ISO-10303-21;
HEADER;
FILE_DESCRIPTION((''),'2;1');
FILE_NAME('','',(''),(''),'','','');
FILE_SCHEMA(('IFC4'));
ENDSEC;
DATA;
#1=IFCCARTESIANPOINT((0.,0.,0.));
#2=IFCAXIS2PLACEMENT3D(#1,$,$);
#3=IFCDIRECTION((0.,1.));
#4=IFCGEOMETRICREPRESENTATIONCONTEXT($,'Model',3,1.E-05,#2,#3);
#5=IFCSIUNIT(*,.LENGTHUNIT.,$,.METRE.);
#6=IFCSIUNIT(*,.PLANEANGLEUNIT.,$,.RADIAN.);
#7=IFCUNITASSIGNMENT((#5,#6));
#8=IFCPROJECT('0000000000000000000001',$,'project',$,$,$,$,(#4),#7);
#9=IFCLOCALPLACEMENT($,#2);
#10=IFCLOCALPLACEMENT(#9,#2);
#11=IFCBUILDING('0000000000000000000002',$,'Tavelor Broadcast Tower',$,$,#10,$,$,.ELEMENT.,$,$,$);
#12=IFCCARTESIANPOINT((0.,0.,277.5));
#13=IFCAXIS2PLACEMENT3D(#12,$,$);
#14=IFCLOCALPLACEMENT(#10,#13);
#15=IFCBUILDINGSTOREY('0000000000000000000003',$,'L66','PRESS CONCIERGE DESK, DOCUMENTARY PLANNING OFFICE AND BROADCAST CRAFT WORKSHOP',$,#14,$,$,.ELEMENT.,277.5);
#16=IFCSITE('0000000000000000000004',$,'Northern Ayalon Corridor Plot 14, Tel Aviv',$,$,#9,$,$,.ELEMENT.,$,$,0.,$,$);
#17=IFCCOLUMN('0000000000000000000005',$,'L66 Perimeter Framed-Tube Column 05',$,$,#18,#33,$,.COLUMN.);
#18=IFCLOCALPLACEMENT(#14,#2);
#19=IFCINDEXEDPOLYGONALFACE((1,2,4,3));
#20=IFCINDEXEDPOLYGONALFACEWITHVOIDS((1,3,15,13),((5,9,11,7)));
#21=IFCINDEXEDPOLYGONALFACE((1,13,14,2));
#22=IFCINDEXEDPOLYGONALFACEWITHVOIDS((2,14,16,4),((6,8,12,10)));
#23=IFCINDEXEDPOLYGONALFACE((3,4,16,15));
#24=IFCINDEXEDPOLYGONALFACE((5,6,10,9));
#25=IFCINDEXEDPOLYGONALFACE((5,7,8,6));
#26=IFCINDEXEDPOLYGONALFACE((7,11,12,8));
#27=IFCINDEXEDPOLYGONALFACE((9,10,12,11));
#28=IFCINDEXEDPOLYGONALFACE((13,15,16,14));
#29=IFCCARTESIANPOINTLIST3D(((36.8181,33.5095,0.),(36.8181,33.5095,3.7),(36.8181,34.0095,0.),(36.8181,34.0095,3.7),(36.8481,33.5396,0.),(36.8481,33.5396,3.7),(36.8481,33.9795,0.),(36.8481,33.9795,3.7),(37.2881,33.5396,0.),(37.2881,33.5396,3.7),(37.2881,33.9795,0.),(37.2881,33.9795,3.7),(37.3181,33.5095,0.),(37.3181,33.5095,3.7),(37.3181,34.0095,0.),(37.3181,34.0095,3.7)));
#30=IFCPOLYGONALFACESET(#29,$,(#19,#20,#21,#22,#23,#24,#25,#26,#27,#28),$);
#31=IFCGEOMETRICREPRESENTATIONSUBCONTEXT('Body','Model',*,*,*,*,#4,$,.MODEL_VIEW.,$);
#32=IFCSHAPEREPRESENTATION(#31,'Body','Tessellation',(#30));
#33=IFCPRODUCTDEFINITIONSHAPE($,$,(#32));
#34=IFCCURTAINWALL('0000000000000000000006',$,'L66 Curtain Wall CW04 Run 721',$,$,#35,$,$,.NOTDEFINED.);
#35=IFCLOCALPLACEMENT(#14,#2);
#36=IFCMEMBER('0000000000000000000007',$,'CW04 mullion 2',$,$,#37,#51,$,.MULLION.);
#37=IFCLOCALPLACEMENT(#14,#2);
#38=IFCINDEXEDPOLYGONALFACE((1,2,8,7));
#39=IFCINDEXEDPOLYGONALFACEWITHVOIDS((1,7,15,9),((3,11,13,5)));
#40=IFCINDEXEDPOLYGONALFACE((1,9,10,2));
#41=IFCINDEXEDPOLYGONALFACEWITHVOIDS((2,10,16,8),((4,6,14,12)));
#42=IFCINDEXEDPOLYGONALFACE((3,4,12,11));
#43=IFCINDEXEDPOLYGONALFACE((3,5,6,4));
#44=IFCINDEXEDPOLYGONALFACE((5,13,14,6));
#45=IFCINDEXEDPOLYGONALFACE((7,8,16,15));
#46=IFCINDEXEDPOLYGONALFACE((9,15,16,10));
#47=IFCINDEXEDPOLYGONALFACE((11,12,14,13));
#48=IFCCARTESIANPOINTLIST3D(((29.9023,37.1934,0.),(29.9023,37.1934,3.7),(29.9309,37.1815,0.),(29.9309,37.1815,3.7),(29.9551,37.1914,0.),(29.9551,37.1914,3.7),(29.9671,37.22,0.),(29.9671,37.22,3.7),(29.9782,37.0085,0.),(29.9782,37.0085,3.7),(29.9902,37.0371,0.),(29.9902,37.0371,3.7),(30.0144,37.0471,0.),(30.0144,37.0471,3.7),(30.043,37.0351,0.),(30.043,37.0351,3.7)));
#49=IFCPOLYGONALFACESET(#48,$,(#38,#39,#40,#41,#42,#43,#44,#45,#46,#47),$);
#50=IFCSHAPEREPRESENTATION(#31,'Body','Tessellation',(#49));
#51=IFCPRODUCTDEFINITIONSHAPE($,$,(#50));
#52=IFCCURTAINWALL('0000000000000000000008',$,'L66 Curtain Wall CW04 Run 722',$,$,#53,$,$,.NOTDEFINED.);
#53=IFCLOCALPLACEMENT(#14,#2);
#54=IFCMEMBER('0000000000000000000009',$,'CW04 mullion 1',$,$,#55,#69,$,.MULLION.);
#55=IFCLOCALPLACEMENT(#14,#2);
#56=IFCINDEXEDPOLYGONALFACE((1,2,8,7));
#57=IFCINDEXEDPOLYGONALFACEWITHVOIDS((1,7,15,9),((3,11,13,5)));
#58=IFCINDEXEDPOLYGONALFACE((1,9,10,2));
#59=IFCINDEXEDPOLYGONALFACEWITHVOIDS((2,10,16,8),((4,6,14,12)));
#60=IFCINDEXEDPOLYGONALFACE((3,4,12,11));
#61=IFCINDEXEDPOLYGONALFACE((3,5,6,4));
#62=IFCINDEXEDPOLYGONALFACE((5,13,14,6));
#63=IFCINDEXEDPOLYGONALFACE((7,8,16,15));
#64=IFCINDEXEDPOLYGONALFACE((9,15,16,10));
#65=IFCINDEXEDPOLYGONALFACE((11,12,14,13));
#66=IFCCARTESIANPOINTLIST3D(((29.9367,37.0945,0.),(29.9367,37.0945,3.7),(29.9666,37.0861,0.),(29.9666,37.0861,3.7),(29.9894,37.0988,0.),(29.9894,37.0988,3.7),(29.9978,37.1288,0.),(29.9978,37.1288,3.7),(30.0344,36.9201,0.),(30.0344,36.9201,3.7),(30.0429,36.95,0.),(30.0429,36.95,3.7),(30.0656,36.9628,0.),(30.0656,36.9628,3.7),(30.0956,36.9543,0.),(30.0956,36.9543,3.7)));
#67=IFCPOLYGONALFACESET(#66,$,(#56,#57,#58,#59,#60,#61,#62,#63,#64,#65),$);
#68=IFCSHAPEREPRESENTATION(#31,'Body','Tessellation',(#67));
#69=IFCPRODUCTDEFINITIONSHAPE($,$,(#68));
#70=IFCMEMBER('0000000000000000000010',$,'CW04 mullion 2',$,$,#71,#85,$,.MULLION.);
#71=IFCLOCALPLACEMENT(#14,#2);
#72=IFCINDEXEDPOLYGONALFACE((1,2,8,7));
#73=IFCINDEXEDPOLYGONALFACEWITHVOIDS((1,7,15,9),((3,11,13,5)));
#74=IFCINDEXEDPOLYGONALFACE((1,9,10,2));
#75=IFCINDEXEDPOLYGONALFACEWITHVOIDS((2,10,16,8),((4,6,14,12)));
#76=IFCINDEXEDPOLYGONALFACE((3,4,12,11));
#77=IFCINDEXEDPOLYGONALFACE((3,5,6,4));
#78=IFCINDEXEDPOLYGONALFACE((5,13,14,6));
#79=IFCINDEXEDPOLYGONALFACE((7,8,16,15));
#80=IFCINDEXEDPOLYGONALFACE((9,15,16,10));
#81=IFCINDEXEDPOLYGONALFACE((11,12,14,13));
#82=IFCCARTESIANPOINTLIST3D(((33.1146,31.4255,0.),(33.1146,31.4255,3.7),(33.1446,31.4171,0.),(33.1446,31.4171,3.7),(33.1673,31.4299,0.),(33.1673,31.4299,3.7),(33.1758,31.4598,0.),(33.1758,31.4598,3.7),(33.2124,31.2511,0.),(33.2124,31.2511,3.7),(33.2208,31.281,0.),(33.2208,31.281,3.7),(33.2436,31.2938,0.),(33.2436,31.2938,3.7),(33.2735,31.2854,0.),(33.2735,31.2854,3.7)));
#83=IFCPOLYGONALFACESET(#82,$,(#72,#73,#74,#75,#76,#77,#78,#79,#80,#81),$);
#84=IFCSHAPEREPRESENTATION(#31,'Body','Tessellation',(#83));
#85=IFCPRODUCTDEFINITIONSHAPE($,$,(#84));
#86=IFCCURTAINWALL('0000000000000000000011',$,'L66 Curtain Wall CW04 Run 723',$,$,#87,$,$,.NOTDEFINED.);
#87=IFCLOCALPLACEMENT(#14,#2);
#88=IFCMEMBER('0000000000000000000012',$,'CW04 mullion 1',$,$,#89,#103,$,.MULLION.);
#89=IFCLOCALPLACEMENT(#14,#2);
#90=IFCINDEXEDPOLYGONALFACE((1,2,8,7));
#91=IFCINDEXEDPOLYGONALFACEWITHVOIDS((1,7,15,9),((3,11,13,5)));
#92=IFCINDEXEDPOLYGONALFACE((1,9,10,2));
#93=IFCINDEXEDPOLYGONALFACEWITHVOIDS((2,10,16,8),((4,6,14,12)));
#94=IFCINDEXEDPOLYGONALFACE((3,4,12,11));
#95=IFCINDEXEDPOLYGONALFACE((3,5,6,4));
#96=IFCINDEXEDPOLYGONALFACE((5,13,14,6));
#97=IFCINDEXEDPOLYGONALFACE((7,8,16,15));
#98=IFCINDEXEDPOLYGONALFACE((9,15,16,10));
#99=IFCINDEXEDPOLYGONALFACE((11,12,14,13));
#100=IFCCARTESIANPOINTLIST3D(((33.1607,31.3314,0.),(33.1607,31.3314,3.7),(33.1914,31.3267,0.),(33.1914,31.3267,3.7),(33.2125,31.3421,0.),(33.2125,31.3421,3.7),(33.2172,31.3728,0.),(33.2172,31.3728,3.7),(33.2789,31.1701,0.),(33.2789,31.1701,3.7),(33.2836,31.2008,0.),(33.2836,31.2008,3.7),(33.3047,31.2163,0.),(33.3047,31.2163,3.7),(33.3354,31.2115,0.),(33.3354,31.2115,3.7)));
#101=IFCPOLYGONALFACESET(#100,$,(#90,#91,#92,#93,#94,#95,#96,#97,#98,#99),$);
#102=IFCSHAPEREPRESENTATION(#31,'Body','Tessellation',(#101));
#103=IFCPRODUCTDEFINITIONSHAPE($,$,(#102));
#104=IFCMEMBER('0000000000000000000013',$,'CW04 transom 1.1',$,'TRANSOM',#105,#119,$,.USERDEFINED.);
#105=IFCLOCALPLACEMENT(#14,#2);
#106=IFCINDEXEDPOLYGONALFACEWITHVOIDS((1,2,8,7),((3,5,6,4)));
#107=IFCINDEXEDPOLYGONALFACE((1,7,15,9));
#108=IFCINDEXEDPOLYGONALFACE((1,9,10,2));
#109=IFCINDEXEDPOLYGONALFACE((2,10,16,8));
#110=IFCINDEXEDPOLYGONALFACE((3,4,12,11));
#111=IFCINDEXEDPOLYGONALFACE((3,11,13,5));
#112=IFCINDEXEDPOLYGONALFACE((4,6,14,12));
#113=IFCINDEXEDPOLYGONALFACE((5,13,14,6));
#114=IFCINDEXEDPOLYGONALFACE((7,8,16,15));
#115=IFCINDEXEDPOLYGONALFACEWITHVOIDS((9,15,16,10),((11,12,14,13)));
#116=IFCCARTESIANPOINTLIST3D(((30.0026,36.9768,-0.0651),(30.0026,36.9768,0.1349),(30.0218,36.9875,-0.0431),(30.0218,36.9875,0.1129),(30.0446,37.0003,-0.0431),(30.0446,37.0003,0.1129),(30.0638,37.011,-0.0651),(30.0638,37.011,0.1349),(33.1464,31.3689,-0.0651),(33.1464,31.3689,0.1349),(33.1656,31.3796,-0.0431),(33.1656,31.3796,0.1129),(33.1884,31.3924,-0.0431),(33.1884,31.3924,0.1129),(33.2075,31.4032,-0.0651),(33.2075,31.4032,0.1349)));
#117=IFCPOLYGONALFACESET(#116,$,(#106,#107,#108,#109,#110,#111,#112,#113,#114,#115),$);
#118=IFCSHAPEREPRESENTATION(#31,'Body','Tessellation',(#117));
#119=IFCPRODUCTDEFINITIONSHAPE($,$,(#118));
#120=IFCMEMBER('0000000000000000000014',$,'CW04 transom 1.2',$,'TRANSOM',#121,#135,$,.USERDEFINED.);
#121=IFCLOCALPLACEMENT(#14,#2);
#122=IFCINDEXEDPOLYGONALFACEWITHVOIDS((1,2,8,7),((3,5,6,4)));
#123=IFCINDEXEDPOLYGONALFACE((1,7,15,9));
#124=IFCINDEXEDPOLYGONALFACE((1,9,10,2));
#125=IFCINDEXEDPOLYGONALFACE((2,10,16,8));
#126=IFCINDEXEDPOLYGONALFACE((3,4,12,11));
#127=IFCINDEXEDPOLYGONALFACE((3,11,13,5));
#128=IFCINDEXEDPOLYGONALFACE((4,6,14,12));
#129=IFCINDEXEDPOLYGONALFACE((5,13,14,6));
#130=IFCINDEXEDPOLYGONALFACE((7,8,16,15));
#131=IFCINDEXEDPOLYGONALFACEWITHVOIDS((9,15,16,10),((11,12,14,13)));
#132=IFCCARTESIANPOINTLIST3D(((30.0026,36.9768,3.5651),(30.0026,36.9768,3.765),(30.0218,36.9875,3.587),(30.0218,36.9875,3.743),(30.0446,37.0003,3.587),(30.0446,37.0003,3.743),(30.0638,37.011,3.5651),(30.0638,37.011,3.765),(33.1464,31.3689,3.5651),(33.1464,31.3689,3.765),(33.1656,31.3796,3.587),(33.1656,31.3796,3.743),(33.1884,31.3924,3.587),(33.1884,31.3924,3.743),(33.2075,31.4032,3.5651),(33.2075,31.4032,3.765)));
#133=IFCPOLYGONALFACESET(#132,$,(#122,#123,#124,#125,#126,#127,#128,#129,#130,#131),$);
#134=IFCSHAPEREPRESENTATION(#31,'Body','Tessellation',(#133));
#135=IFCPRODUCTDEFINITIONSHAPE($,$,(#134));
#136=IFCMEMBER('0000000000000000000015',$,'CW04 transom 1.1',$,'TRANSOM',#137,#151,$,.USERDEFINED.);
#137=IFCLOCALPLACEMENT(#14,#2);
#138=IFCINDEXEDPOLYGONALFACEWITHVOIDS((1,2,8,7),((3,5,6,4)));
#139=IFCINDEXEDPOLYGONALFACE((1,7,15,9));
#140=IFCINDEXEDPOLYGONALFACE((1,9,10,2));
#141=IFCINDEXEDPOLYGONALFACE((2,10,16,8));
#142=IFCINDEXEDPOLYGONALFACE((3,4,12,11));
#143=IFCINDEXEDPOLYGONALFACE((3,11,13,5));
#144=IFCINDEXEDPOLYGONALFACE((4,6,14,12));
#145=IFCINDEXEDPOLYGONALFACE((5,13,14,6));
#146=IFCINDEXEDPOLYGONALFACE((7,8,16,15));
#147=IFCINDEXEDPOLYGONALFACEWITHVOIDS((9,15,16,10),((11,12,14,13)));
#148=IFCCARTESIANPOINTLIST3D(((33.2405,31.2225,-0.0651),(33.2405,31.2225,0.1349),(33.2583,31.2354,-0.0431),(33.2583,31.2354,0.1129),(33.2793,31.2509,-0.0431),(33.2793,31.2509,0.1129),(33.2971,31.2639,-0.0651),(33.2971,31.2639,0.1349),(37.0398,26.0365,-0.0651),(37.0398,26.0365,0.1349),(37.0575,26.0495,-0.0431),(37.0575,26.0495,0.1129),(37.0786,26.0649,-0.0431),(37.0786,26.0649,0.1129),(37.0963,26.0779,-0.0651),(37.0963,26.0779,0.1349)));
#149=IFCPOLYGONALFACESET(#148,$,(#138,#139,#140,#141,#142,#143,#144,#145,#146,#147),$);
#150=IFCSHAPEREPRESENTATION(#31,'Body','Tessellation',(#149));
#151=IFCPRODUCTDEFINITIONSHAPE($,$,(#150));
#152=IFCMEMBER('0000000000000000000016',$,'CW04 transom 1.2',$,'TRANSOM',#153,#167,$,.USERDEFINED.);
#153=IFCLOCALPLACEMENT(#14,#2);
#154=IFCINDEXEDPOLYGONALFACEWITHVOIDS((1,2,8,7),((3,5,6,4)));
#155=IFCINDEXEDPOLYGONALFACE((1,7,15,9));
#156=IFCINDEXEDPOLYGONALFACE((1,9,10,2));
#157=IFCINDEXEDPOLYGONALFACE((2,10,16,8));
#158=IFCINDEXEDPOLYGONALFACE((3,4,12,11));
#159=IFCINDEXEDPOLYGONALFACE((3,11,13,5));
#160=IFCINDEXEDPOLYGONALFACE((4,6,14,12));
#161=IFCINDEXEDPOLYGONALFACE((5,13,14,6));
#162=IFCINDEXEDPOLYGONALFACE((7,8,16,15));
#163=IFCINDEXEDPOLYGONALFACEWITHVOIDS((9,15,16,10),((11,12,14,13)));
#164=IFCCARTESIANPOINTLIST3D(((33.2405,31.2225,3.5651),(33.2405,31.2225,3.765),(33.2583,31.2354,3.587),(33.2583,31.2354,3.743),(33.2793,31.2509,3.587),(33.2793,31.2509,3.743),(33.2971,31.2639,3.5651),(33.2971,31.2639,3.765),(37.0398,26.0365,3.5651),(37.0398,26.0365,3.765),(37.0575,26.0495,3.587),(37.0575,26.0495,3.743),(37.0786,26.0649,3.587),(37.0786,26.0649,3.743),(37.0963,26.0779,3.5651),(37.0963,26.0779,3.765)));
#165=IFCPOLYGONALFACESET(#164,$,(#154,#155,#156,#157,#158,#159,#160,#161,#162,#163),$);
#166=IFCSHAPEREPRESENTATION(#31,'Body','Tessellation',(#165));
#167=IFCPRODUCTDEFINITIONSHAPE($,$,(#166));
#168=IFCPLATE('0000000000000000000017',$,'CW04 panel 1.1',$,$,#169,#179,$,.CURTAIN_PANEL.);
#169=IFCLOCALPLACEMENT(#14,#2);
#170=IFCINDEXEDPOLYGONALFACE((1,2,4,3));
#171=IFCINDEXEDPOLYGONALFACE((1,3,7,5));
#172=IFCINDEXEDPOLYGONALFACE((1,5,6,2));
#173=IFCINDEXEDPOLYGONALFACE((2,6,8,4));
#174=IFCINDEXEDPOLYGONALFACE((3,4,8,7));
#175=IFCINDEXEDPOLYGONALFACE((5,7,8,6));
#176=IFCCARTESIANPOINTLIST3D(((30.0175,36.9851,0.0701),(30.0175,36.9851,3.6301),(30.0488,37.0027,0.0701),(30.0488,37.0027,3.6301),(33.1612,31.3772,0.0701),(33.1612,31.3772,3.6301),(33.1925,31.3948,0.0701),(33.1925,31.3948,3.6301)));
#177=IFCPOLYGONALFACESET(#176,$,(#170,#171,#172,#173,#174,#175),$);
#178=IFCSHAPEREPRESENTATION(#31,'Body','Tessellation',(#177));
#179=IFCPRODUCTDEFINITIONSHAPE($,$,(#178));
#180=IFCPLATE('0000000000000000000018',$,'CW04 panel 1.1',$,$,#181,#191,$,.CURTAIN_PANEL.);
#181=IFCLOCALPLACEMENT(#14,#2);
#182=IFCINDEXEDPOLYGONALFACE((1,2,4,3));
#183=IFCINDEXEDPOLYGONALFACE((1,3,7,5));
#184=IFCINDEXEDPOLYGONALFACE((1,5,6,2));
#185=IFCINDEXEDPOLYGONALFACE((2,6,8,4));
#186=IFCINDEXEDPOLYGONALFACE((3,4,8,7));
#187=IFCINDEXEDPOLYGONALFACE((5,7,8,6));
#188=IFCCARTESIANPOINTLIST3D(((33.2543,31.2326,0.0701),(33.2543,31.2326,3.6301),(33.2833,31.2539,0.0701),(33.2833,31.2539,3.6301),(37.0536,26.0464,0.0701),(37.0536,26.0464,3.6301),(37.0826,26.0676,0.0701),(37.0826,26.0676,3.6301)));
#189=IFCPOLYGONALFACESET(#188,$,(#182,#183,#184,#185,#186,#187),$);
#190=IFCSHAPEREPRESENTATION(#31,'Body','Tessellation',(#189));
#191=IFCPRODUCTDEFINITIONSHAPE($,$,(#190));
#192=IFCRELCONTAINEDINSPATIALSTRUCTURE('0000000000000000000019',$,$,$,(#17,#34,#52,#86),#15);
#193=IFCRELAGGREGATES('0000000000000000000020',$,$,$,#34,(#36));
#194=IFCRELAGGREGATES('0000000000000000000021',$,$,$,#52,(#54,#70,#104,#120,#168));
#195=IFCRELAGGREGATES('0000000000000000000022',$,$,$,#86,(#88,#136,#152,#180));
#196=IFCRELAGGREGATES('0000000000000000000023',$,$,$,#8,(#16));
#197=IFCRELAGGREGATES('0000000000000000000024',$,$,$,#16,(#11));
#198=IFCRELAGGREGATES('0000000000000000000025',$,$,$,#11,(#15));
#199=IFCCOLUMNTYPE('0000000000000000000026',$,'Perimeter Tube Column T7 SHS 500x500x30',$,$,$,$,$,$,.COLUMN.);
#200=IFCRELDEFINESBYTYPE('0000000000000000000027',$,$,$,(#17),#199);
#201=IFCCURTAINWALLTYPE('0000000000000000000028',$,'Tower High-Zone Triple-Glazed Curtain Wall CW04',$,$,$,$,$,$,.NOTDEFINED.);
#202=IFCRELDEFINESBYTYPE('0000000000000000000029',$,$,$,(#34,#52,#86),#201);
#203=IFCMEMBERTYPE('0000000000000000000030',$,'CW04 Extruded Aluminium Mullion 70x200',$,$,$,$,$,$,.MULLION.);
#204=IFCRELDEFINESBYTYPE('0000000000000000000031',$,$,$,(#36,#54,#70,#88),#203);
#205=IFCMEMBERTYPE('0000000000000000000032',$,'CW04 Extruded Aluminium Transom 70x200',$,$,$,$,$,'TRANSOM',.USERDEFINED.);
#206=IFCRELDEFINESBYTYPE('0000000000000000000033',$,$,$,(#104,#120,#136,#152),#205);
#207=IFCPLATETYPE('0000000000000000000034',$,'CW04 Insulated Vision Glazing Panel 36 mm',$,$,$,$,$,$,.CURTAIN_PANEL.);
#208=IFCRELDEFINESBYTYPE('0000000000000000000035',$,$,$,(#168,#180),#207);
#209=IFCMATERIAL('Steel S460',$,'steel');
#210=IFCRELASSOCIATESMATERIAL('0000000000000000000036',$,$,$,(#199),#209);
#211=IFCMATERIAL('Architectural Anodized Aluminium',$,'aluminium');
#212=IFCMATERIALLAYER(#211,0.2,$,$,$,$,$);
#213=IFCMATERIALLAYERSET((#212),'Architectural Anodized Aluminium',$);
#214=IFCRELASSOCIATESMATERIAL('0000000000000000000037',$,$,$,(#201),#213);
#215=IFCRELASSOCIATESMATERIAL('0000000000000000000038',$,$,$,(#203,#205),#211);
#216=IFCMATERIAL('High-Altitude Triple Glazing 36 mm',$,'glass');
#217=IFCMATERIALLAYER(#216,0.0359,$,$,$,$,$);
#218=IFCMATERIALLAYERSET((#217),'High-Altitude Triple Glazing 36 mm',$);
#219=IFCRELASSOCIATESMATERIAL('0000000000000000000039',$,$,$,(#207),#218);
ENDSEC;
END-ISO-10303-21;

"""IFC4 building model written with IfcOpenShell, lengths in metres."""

from ifc_helpers import new_model, si_unit, direction, frame, origin, origin_2d, place, context, subcontext, project, spatial, rectangle, hollow_rectangle, extrude, source, transform, mapped, material, layer, layer_set, material_profile, profile_set, type_object, type_shapes, element, aggregate, save


model = new_model("IFC4")

# Units and contexts
model_context = context("Model", 3, precision=1e-05, world=origin(), true_north=direction((0.0, 1.0)))
body_context = subcontext(model_context, "Body", "Model", "MODEL_VIEW")
ifc_project = project(units=[si_unit("LENGTHUNIT", "METRE"), si_unit("PLANEANGLEUNIT", "RADIAN")], contexts=[model_context])

# Site, building, storey
site_placement = place(None, origin())
site = spatial("IfcSite", under=ifc_project, at=site_placement, Name="Northern Ayalon Corridor Plot 14, Tel Aviv", CompositionType="ELEMENT", RefElevation=0.0)
building_placement = place(site_placement, origin())
building = spatial("IfcBuilding", under=site, at=building_placement, Name="Tavelor Broadcast Tower", CompositionType="ELEMENT")
storey_placement = place(building_placement, frame((0.0, 0.0, 277.5)))
storey = spatial("IfcBuildingStorey", under=building, at=storey_placement, Name="L66", Description="PRESS CONCIERGE DESK, DOCUMENTARY PLANNING OFFICE AND BROADCAST CRAFT WORKSHOP", CompositionType="ELEMENT", Elevation=277.5)

# Column
ifc_material_1 = material(Name="Steel S460", Category="steel")
ifc_material_profile_1 = material_profile(ifc_material_1, hollow_rectangle(XDim=0.5, YDim=0.5, WallThickness=0.03, at=origin_2d()), Name="SHS 500x500x30")
ifc_profile_set_1 = profile_set([ifc_material_profile_1], Name="Steel S460")
column_type = type_object("IfcColumnType", Name="Perimeter Tube Column T7 SHS 500x500x30", PredefinedType="COLUMN", material=ifc_profile_set_1)
column_placement = place(storey_placement, frame((37.0681, 33.7595, 0.0), z_axis=(0.0, 0.0, 1.0), x_axis=(1.0, 0.0, 0.0)))
element("IfcColumn", 1, at=column_placement, inside=storey, type_object=column_type, Name="L66 Perimeter Framed-Tube Column 05", PredefinedType="COLUMN", context=body_context, shape_type="SweptSolid", body=[
    extrude(hollow_rectangle(XDim=0.5, YDim=0.5, WallThickness=0.03, at=origin_2d()), origin(), (0.0, 0.0, 1.0), 3.7),
])

# Curtain wall, member
ifc_material_2 = material(Name="Architectural Anodized Aluminium", Category="aluminium")
ifc_layer_1 = layer(ifc_material_2, 0.2)
ifc_layer_set_1 = layer_set([ifc_layer_1], Name="Architectural Anodized Aluminium")
curtain_wall_type = type_object("IfcCurtainWallType", Name="Tower High-Zone Triple-Glazed Curtain Wall CW04", PredefinedType="NOTDEFINED", material=ifc_layer_set_1)
curtain_wall_1_placement = place(storey_placement, origin())
curtain_wall_1 = element("IfcCurtainWall", 2, at=curtain_wall_1_placement, inside=storey, type_object=curtain_wall_type, Name="L66 Curtain Wall CW04 Run 721", PredefinedType="NOTDEFINED")
ifc_material_profile_2 = material_profile(ifc_material_2, hollow_rectangle(XDim=0.0701, YDim=0.2, WallThickness=0.022, at=origin_2d()), Name="RHS 70x200x22")
ifc_profile_set_2 = profile_set([ifc_material_profile_2], Name="Architectural Anodized Aluminium")
member_type_1 = type_object("IfcMemberType", Name="CW04 Extruded Aluminium Mullion 70x200", PredefinedType="MULLION", material=ifc_profile_set_2)
shared_shape_1 = source(origin(), body_context, "Body", "SweptSolid", [
    extrude(hollow_rectangle(XDim=0.0701, YDim=0.2, WallThickness=0.022, at=origin_2d()), origin(), (0.0, 0.0, 1.0), 3.7),
])
type_shapes(member_type_1, [shared_shape_1])
member_1_placement = place(storey_placement, frame((29.9727, 37.1143, 0.0), z_axis=(0.0, 0.0, 1.0), x_axis=(0.925042, 0.379865, 0.0)))
member_1 = element("IfcMember", 3, at=member_1_placement, type_object=member_type_1, Name="CW04 mullion 2", PredefinedType="MULLION", context=body_context, shape_type="MappedRepresentation", body=[
    mapped(shared_shape_1, transform((0.0, 0.0, 0.0), scale=1.0)),
])
aggregate(curtain_wall_1, [member_1])

# Curtain wall, members
curtain_wall_2_placement = place(storey_placement, origin())
curtain_wall_2 = element("IfcCurtainWall", 4, at=curtain_wall_2_placement, inside=storey, type_object=curtain_wall_type, Name="L66 Curtain Wall CW04 Run 722", PredefinedType="NOTDEFINED")
member_2_placement = place(storey_placement, frame((30.0161, 37.0244, 0.0), z_axis=(0.0, 0.0, 1.0), x_axis=(0.872285, 0.488997, 0.0)))
member_2 = element("IfcMember", 5, at=member_2_placement, type_object=member_type_1, Name="CW04 mullion 1", PredefinedType="MULLION", context=body_context, shape_type="MappedRepresentation", body=[
    mapped(shared_shape_1, transform((0.0, 0.0, 0.0), scale=1.0)),
])
member_3_placement = place(storey_placement, frame((33.1941, 31.3555, 0.0), z_axis=(0.0, 0.0, 1.0), x_axis=(0.872285, 0.488997, 0.0)))
member_3 = element("IfcMember", 6, at=member_3_placement, type_object=member_type_1, Name="CW04 mullion 2", PredefinedType="MULLION", context=body_context, shape_type="MappedRepresentation", body=[
    mapped(shared_shape_1, transform((0.0, 0.0, 0.0), scale=1.0)),
])

# Curtain wall, member
curtain_wall_3_placement = place(storey_placement, origin())
curtain_wall_3 = element("IfcCurtainWall", 7, at=curtain_wall_3_placement, inside=storey, type_object=curtain_wall_type, Name="L66 Curtain Wall CW04 Run 723", PredefinedType="NOTDEFINED")
member_4_placement = place(storey_placement, frame((33.248, 31.2715, 0.0), z_axis=(0.0, 0.0, 1.0), x_axis=(0.806696, 0.590967, 0.0)))
member_4 = element("IfcMember", 8, at=member_4_placement, type_object=member_type_1, Name="CW04 mullion 1", PredefinedType="MULLION", context=body_context, shape_type="MappedRepresentation", body=[
    mapped(shared_shape_1, transform((0.0, 0.0, 0.0), scale=1.0)),
])

# Members
ifc_material_profile_3 = material_profile(ifc_material_2, hollow_rectangle(XDim=0.0701, YDim=0.2, WallThickness=0.022, at=origin_2d()), Name="RHS 70x200x22")
ifc_profile_set_3 = profile_set([ifc_material_profile_3], Name="Architectural Anodized Aluminium")
member_type_2 = type_object("IfcMemberType", Name="CW04 Extruded Aluminium Transom 70x200", ElementType="TRANSOM", PredefinedType="USERDEFINED", material=ifc_profile_set_3)
shared_shape_2 = source(origin(), body_context, "Body", "SweptSolid", [
    extrude(hollow_rectangle(XDim=0.0701, YDim=0.2, WallThickness=0.022, at=origin_2d()), origin(), (0.0, 0.0, 1.0), 6.429),
])
member_5_placement = place(storey_placement, frame((30.0332, 36.9939, 0.0349), z_axis=(0.489002, -0.872283, 0.0), x_axis=(0.872283, 0.489002, 0.0)))
member_5 = element("IfcMember", 9, at=member_5_placement, type_object=member_type_2, Name="CW04 transom 1.1", ObjectType="TRANSOM", PredefinedType="USERDEFINED", context=body_context, shape_type="MappedRepresentation", body=[
    mapped(shared_shape_2, transform((0.0, 0.0, 0.0), scale=1.0)),
])
member_6_placement = place(storey_placement, frame((30.0332, 36.9939, 3.665), z_axis=(0.489002, -0.872283, 0.0), x_axis=(0.872283, 0.489002, 0.0)))
member_6 = element("IfcMember", 10, at=member_6_placement, type_object=member_type_2, Name="CW04 transom 1.2", ObjectType="TRANSOM", PredefinedType="USERDEFINED", context=body_context, shape_type="MappedRepresentation", body=[
    mapped(shared_shape_2, transform((0.0, 0.0, 0.0), scale=1.0)),
])
shared_shape_3 = source(origin(), body_context, "Body", "SweptSolid", [
    extrude(hollow_rectangle(XDim=0.0701, YDim=0.2, WallThickness=0.022, at=origin_2d()), origin(), (0.0, 0.0, 1.0), 6.4287),
])
type_shapes(member_type_2, [shared_shape_2, shared_shape_3])
member_7_placement = place(storey_placement, frame((33.2688, 31.2432, 0.0349), z_axis=(0.590982, -0.806685, 0.0), x_axis=(0.806685, 0.590982, 0.0)))
member_7 = element("IfcMember", 11, at=member_7_placement, type_object=member_type_2, Name="CW04 transom 1.1", ObjectType="TRANSOM", PredefinedType="USERDEFINED", context=body_context, shape_type="MappedRepresentation", body=[
    mapped(shared_shape_3, transform((0.0, 0.0, 0.0), scale=1.0)),
])
member_8_placement = place(storey_placement, frame((33.2688, 31.2432, 3.665), z_axis=(0.590982, -0.806685, 0.0), x_axis=(0.806685, 0.590982, 0.0)))
member_8 = element("IfcMember", 12, at=member_8_placement, type_object=member_type_2, Name="CW04 transom 1.2", ObjectType="TRANSOM", PredefinedType="USERDEFINED", context=body_context, shape_type="MappedRepresentation", body=[
    mapped(shared_shape_3, transform((0.0, 0.0, 0.0), scale=1.0)),
])

# Plates
ifc_material_3 = material(Name="High-Altitude Triple Glazing 36 mm", Category="glass")
ifc_layer_2 = layer(ifc_material_3, 0.0359)
ifc_layer_set_2 = layer_set([ifc_layer_2], Name="High-Altitude Triple Glazing 36 mm")
plate_type = type_object("IfcPlateType", Name="CW04 Insulated Vision Glazing Panel 36 mm", PredefinedType="CURTAIN_PANEL", material=ifc_layer_set_2)
shared_shape_4 = source(origin(), body_context, "Body", "SweptSolid", [
    extrude(rectangle(XDim=6.429, YDim=0.0359, at=origin_2d()), origin(), (0.0, 0.0, 1.0), 3.5601),
])
type_shapes(plate_type, [shared_shape_4])
plate_1_placement = place(storey_placement, frame((31.605, 34.1899, 0.0701), z_axis=(0.0, 0.0, 1.0), x_axis=(0.488997, -0.872285, 0.0)))
plate_1 = element("IfcPlate", 13, at=plate_1_placement, type_object=plate_type, Name="CW04 panel 1.1", PredefinedType="CURTAIN_PANEL", context=body_context, shape_type="MappedRepresentation", body=[
    mapped(shared_shape_4, transform((0.0, 0.0, 0.0), scale=1.0)),
])
aggregate(curtain_wall_2, [member_2, member_3, member_5, member_6, plate_1])
plate_2_placement = place(storey_placement, frame((35.1685, 28.6501, 0.0701), z_axis=(0.0, 0.0, 1.0), x_axis=(0.590967, -0.806696, 0.0)))
plate_2 = element("IfcPlate", 14, at=plate_2_placement, type_object=plate_type, Name="CW04 panel 1.1", PredefinedType="CURTAIN_PANEL", context=body_context, shape_type="MappedRepresentation", body=[
    mapped(shared_shape_4, transform((0.0, 0.0, 0.0), scale=1.0)),
])
aggregate(curtain_wall_3, [member_4, member_7, member_8, plate_2])

save(model, "model.ifc")
